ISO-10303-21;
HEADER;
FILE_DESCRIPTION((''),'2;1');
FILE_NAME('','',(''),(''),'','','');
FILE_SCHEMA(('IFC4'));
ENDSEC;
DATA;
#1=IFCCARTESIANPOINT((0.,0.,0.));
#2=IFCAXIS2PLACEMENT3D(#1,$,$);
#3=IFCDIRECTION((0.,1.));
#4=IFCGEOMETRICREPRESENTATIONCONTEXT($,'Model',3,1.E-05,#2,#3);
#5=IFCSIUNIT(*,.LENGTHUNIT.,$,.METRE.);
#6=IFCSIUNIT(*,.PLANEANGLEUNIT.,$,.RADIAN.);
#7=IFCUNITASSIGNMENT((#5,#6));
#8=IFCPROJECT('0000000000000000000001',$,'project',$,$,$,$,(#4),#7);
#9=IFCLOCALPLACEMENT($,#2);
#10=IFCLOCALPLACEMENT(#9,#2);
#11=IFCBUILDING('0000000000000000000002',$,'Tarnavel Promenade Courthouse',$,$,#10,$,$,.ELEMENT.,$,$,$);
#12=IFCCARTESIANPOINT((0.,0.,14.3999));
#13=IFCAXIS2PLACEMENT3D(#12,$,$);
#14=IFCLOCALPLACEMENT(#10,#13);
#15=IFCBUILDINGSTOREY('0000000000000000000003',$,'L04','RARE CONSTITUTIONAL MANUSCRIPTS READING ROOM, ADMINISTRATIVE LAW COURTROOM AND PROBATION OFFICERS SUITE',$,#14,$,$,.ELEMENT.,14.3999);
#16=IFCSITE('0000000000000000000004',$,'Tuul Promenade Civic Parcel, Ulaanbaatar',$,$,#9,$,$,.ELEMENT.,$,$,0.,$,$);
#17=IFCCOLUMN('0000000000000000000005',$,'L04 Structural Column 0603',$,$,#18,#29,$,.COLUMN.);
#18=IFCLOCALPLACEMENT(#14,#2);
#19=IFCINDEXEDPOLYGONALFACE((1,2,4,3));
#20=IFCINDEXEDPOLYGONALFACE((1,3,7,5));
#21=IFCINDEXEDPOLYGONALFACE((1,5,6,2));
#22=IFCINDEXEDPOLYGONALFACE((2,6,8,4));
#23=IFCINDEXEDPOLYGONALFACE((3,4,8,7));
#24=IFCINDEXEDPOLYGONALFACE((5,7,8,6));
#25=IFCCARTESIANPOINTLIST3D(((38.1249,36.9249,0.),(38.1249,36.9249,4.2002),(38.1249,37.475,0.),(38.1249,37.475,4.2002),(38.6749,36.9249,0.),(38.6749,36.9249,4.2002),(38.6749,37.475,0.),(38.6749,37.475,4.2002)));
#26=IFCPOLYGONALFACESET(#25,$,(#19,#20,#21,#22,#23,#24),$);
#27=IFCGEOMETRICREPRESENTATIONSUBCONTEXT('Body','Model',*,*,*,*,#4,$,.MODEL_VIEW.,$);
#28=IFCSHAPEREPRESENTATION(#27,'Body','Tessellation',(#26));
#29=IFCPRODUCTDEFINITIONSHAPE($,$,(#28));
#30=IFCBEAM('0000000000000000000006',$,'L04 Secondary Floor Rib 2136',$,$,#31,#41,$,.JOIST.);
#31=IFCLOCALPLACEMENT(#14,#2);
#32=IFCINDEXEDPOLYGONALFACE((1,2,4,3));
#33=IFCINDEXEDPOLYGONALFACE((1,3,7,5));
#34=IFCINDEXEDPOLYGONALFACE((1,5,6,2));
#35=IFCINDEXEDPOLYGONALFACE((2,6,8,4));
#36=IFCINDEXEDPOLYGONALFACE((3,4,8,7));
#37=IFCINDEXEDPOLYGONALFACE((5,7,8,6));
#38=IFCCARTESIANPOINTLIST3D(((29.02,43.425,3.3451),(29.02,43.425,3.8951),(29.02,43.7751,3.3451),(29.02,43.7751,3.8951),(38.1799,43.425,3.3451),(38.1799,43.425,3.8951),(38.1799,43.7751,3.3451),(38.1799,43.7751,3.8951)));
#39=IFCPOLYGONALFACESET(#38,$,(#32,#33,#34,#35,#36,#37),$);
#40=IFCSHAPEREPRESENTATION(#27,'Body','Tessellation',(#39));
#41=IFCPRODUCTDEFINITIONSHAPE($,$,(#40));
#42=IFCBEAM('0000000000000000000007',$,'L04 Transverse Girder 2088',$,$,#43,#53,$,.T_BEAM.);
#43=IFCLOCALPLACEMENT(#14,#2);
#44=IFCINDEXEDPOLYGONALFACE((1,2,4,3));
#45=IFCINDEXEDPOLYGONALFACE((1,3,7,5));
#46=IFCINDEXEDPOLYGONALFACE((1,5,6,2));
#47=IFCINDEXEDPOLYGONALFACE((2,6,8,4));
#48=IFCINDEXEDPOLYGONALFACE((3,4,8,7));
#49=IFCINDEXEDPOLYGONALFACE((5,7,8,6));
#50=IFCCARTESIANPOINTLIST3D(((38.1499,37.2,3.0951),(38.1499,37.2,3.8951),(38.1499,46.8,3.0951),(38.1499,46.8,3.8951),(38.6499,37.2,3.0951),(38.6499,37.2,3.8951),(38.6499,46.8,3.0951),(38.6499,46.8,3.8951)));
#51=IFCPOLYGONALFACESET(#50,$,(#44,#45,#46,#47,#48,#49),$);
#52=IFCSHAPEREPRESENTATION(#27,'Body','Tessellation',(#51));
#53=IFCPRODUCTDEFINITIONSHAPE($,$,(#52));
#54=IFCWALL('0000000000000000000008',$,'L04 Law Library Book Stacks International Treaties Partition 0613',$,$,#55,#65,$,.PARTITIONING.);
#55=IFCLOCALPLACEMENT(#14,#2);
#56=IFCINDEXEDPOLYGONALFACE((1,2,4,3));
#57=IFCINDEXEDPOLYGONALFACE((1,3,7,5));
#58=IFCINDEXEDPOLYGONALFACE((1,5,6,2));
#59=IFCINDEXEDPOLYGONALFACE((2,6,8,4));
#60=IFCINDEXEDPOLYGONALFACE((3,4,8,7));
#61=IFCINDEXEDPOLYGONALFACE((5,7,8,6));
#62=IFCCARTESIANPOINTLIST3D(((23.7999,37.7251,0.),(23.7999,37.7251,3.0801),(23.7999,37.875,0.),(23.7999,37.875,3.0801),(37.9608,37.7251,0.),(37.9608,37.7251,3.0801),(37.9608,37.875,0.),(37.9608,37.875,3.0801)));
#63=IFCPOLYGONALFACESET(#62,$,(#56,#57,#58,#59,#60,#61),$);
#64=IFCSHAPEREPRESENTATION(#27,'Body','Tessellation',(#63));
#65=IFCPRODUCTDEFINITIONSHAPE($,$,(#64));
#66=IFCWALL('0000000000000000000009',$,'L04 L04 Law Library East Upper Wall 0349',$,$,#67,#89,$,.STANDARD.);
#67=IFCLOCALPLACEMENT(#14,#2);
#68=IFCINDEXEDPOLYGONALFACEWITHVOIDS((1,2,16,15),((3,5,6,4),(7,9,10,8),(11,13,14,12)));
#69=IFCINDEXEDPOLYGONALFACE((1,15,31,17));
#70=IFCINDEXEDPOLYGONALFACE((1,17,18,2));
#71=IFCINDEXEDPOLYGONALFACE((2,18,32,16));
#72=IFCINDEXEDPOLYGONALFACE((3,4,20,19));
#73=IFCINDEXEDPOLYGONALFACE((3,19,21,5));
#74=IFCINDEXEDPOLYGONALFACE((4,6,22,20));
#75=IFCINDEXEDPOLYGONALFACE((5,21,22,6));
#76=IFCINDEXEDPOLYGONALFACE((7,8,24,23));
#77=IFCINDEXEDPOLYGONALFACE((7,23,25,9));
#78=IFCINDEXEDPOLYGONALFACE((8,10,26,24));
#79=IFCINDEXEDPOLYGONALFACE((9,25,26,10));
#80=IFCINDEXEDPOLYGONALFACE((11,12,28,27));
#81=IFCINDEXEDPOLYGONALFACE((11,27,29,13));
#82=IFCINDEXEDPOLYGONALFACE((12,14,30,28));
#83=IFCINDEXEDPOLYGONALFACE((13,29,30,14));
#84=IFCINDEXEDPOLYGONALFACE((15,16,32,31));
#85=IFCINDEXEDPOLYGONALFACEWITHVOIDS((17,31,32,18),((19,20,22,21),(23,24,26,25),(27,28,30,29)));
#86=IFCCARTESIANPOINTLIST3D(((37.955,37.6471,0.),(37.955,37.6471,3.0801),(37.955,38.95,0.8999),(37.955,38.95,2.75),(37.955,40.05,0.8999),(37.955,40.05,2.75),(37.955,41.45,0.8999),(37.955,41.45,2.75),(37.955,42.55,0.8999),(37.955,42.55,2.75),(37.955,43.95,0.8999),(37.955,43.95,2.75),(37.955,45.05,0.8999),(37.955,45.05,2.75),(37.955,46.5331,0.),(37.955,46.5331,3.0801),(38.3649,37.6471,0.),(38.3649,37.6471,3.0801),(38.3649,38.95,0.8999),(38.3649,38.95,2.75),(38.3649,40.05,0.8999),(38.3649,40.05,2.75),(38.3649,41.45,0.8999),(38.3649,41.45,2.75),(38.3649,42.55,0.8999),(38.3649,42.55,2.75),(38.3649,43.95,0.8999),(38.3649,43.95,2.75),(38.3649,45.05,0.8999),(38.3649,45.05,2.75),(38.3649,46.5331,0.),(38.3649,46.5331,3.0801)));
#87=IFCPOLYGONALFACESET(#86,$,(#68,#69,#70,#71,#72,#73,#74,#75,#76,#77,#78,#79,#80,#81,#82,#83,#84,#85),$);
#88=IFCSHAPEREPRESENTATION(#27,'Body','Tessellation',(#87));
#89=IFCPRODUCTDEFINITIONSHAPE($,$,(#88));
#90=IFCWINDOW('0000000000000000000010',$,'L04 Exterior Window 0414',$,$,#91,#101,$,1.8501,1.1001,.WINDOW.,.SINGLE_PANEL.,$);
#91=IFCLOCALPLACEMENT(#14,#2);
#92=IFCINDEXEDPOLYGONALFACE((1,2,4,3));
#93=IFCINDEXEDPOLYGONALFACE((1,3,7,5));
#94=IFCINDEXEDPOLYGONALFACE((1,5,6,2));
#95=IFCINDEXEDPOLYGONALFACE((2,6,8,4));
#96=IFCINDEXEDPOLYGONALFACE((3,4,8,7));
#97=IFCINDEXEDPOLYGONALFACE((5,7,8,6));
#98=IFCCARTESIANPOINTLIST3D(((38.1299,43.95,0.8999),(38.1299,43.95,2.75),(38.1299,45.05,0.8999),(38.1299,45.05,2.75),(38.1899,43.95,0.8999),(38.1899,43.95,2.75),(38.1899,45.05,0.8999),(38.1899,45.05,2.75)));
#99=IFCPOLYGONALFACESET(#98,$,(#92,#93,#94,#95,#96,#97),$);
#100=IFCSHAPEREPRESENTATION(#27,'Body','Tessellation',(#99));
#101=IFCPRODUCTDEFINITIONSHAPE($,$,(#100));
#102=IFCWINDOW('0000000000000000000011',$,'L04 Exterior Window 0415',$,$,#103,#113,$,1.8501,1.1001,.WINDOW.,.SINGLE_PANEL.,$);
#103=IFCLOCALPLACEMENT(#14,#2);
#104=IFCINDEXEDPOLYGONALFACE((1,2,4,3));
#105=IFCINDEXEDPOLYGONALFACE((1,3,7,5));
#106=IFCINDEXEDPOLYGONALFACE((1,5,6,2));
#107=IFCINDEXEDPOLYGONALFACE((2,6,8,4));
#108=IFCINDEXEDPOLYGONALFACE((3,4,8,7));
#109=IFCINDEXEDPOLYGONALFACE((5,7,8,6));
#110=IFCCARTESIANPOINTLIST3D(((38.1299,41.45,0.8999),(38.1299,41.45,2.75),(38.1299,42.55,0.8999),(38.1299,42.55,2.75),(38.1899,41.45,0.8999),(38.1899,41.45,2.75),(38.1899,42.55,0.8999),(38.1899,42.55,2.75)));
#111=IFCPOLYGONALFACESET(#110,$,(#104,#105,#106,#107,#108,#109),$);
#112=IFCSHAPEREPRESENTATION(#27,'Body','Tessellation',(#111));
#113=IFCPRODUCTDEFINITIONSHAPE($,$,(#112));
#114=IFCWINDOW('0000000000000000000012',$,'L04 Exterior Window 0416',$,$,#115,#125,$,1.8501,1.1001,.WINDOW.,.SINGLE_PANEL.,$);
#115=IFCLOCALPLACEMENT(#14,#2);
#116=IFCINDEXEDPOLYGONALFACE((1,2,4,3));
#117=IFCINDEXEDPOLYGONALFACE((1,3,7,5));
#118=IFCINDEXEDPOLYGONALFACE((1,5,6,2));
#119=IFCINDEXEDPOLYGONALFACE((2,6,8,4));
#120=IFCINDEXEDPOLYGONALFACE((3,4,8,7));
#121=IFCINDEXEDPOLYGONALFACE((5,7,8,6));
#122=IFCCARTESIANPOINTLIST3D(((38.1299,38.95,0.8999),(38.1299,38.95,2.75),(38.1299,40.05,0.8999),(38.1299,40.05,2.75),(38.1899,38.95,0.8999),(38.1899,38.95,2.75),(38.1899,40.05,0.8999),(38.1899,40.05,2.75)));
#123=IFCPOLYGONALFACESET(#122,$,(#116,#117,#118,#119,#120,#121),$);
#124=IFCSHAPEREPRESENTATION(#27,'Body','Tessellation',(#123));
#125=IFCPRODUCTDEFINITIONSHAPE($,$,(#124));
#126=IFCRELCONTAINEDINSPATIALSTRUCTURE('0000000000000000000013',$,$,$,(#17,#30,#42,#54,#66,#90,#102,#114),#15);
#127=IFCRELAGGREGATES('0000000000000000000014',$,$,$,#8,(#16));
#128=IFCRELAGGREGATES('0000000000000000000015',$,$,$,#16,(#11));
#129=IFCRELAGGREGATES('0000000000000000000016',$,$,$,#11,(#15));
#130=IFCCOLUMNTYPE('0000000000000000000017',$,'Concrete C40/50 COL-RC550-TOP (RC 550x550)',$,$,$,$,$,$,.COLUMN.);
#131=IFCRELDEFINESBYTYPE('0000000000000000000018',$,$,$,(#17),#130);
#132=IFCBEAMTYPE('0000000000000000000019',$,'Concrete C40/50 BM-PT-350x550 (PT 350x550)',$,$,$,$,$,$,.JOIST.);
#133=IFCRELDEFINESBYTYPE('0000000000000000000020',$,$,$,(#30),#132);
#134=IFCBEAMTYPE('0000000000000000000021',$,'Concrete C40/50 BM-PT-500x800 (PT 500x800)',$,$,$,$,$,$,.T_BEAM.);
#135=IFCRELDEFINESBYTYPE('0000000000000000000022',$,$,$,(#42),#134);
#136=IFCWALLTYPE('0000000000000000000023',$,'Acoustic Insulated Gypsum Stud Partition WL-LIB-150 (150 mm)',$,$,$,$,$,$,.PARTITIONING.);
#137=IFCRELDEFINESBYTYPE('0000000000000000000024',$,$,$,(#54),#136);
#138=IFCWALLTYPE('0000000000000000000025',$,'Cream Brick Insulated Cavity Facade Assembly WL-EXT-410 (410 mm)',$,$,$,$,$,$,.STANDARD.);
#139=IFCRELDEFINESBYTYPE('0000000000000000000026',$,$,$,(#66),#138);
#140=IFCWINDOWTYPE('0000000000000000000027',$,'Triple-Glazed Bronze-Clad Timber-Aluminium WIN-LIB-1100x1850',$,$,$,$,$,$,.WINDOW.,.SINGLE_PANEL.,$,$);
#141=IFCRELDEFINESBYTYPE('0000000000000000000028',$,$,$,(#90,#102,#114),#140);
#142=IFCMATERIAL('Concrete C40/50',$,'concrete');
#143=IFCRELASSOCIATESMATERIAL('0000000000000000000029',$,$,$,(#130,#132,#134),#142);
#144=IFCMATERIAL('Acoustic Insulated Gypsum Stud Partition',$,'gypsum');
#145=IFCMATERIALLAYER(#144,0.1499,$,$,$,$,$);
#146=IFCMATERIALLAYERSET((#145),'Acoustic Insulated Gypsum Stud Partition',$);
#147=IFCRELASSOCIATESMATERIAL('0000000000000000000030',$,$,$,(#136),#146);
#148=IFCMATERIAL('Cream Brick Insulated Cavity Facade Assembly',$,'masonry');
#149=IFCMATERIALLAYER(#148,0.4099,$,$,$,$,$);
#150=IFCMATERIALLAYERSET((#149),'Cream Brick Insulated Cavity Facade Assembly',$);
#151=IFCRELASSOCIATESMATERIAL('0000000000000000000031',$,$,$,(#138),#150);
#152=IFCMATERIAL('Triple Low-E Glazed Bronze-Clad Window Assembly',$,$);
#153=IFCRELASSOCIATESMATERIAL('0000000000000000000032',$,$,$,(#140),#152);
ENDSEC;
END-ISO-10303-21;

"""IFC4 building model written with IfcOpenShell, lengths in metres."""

from ifc_helpers import new_model, si_unit, direction, frame, frame_2d, origin, origin_2d, place, context, subcontext, project, spatial, rectangle, extrude, material, layer, layer_set, material_profile, profile_set, type_object, element, fill, save


model = new_model("IFC4")

# Units and contexts
model_context = context("Model", 3, precision=1e-05, world=origin(), true_north=direction((0.0, 1.0)))
body_context = subcontext(model_context, "Body", "Model", "MODEL_VIEW")
ifc_project = project(units=[si_unit("LENGTHUNIT", "METRE"), si_unit("PLANEANGLEUNIT", "RADIAN")], contexts=[model_context])

# Site, building, storey
site_placement = place(None, origin())
site = spatial("IfcSite", under=ifc_project, at=site_placement, Name="Tuul Promenade Civic Parcel, Ulaanbaatar", CompositionType="ELEMENT", RefElevation=0.0)
building_placement = place(site_placement, origin())
building = spatial("IfcBuilding", under=site, at=building_placement, Name="Tarnavel Promenade Courthouse", CompositionType="ELEMENT")
storey_placement = place(building_placement, frame((0.0, 0.0, 14.3999)))
storey = spatial("IfcBuildingStorey", under=building, at=storey_placement, Name="L04", Description="RARE CONSTITUTIONAL MANUSCRIPTS READING ROOM, ADMINISTRATIVE LAW COURTROOM AND PROBATION OFFICERS SUITE", CompositionType="ELEMENT", Elevation=14.3999)

# Column
ifc_material_1 = material(Name="Concrete C40/50", Category="concrete")
ifc_material_profile_1 = material_profile(ifc_material_1, rectangle(XDim=0.55, YDim=0.55, at=origin_2d()), Name="RC 550x550")
ifc_profile_set_1 = profile_set([ifc_material_profile_1], Name="Concrete C40/50")
column_type = type_object("IfcColumnType", Name="Concrete C40/50 COL-RC550-TOP (RC 550x550)", PredefinedType="COLUMN", material=ifc_profile_set_1)
column_placement = place(storey_placement, frame((38.3999, 37.2, 0.0), z_axis=(0.0, 0.0, 1.0), x_axis=(1.0, 0.0, 0.0)))
element("IfcColumn", 1, at=column_placement, inside=storey, type_object=column_type, Name="L04 Structural Column 0603", PredefinedType="COLUMN", context=body_context, shape_type="SweptSolid", body=[
    extrude(rectangle(XDim=0.55, YDim=0.55, at=origin_2d()), origin(), (0.0, 0.0, 1.0), 4.2002),
])

# Beams
ifc_material_profile_2 = material_profile(ifc_material_1, rectangle(XDim=0.3501, YDim=0.55, at=origin_2d()), Name="PT 350x550")
ifc_profile_set_2 = profile_set([ifc_material_profile_2], Name="Concrete C40/50")
beam_type_1 = type_object("IfcBeamType", Name="Concrete C40/50 BM-PT-350x550 (PT 350x550)", PredefinedType="JOIST", material=ifc_profile_set_2)
beam_1_placement = place(storey_placement, frame((29.02, 43.6001, 3.6201), z_axis=(1.0, 0.0, 0.0), x_axis=(0.0, 1.0, 0.0)))
element("IfcBeam", 2, at=beam_1_placement, inside=storey, type_object=beam_type_1, Name="L04 Secondary Floor Rib 2136", PredefinedType="JOIST", context=body_context, shape_type="SweptSolid", body=[
    extrude(rectangle(XDim=0.3501, YDim=0.55, at=origin_2d()), origin(), (0.0, 0.0, 1.0), 9.1599),
])
ifc_material_profile_3 = material_profile(ifc_material_1, rectangle(XDim=0.5, YDim=0.8, at=origin_2d()), Name="PT 500x800")
ifc_profile_set_3 = profile_set([ifc_material_profile_3], Name="Concrete C40/50")
beam_type_2 = type_object("IfcBeamType", Name="Concrete C40/50 BM-PT-500x800 (PT 500x800)", PredefinedType="T_BEAM", material=ifc_profile_set_3)
beam_2_placement = place(storey_placement, frame((38.3999, 37.2, 3.4951), z_axis=(0.0, 1.0, 0.0), x_axis=(-1.0, 0.0, 0.0)))
element("IfcBeam", 3, at=beam_2_placement, inside=storey, type_object=beam_type_2, Name="L04 Transverse Girder 2088", PredefinedType="T_BEAM", context=body_context, shape_type="SweptSolid", body=[
    extrude(rectangle(XDim=0.5, YDim=0.8, at=origin_2d()), origin(), (0.0, 0.0, 1.0), 9.6001),
])

# Wall
ifc_material_2 = material(Name="Acoustic Insulated Gypsum Stud Partition", Category="gypsum")
ifc_layer_1 = layer(ifc_material_2, 0.1499)
ifc_layer_set_1 = layer_set([ifc_layer_1], Name="Acoustic Insulated Gypsum Stud Partition")
wall_type_1 = type_object("IfcWallType", Name="Acoustic Insulated Gypsum Stud Partition WL-LIB-150 (150 mm)", PredefinedType="PARTITIONING", material=ifc_layer_set_1)
wall_1_placement = place(storey_placement, frame((37.9609, 37.8, 0.0), z_axis=(0.0, 0.0, 1.0), x_axis=(-1.0, 0.0, 0.0)))
element("IfcWall", 4, at=wall_1_placement, inside=storey, type_object=wall_type_1, Name="L04 Law Library Book Stacks International Treaties Partition 0613", PredefinedType="PARTITIONING", context=body_context, shape_type="SweptSolid", body=[
    extrude(rectangle(XDim=14.1609, YDim=0.1499, at=frame_2d((7.0806, 0.0))), origin(), (0.0, 0.0, 1.0), 3.0801),
])

# Wall, openings, windows
ifc_material_3 = material(Name="Cream Brick Insulated Cavity Facade Assembly", Category="masonry")
ifc_layer_2 = layer(ifc_material_3, 0.4099)
ifc_layer_set_2 = layer_set([ifc_layer_2], Name="Cream Brick Insulated Cavity Facade Assembly")
wall_type_2 = type_object("IfcWallType", Name="Cream Brick Insulated Cavity Facade Assembly WL-EXT-410 (410 mm)", PredefinedType="STANDARD", material=ifc_layer_set_2)
wall_2_placement = place(storey_placement, frame((38.1599, 46.533, 0.0), z_axis=(0.0, 0.0, 1.0), x_axis=(0.0, -1.0, 0.0)))
wall_2 = element("IfcWall", 5, at=wall_2_placement, inside=storey, type_object=wall_type_2, Name="L04 L04 Law Library East Upper Wall 0349", PredefinedType="STANDARD", context=body_context, shape_type="SweptSolid", body=[
    extrude(rectangle(XDim=8.886, YDim=0.4099, at=frame_2d((4.4429, 0.0))), origin(), (0.0, 0.0, 1.0), 3.0801),
])
opening_1_placement = place(wall_2_placement, frame((1.4829, 0.0, 0.8999)))
opening_1 = element("IfcOpeningElement", 6, at=opening_1_placement, cuts=wall_2, PredefinedType="OPENING", context=body_context, shape_type="SweptSolid", body=[
    extrude(rectangle(XDim=1.1001, YDim=1.8501, at=frame_2d((0.55, 0.925))), frame((0.0, 0.2148, 0.0), z_axis=(0.0, -1.0, 0.0), x_axis=(1.0, 0.0, 0.0)), (0.0, 0.0, 1.0), 0.4299),
])
opening_2_placement = place(wall_2_placement, frame((3.9829, 0.0, 0.8999)))
opening_2 = element("IfcOpeningElement", 7, at=opening_2_placement, cuts=wall_2, PredefinedType="OPENING", context=body_context, shape_type="SweptSolid", body=[
    extrude(rectangle(XDim=1.1001, YDim=1.8501, at=frame_2d((0.55, 0.925))), frame((0.0, 0.2148, 0.0), z_axis=(0.0, -1.0, 0.0), x_axis=(1.0, 0.0, 0.0)), (0.0, 0.0, 1.0), 0.4299),
])
opening_3_placement = place(wall_2_placement, frame((6.4829, 0.0, 0.8999)))
opening_3 = element("IfcOpeningElement", 8, at=opening_3_placement, cuts=wall_2, PredefinedType="OPENING", context=body_context, shape_type="SweptSolid", body=[
    extrude(rectangle(XDim=1.1001, YDim=1.8501, at=frame_2d((0.55, 0.925))), frame((0.0, 0.2148, 0.0), z_axis=(0.0, -1.0, 0.0), x_axis=(1.0, 0.0, 0.0)), (0.0, 0.0, 1.0), 0.4299),
])
ifc_material_4 = material(Name="Triple Low-E Glazed Bronze-Clad Window Assembly")
window_type = type_object("IfcWindowType", Name="Triple-Glazed Bronze-Clad Timber-Aluminium WIN-LIB-1100x1850", PartitioningType="SINGLE_PANEL", PredefinedType="WINDOW", material=ifc_material_4)
window_1_placement = place(opening_1_placement, origin())
window_1 = element("IfcWindow", 9, at=window_1_placement, inside=storey, type_object=window_type, Name="L04 Exterior Window 0414", OverallHeight=1.8501, OverallWidth=1.1001, PartitioningType="SINGLE_PANEL", PredefinedType="WINDOW", context=body_context, shape_type="SweptSolid", body=[
    extrude(rectangle(XDim=1.1001, YDim=1.8501, at=frame_2d((0.55, 0.925))), frame((0.0, 0.03, 0.0), z_axis=(0.0, -1.0, 0.0), x_axis=(1.0, 0.0, 0.0)), (0.0, 0.0, 1.0), 0.0601),
])
fill(opening_1, window_1)
window_2_placement = place(opening_2_placement, origin())
window_2 = element("IfcWindow", 10, at=window_2_placement, inside=storey, type_object=window_type, Name="L04 Exterior Window 0415", OverallHeight=1.8501, OverallWidth=1.1001, PartitioningType="SINGLE_PANEL", PredefinedType="WINDOW", context=body_context, shape_type="SweptSolid", body=[
    extrude(rectangle(XDim=1.1001, YDim=1.8501, at=frame_2d((0.55, 0.925))), frame((0.0, 0.03, 0.0), z_axis=(0.0, -1.0, 0.0), x_axis=(1.0, 0.0, 0.0)), (0.0, 0.0, 1.0), 0.0601),
])
fill(opening_2, window_2)
window_3_placement = place(opening_3_placement, origin())
window_3 = element("IfcWindow", 11, at=window_3_placement, inside=storey, type_object=window_type, Name="L04 Exterior Window 0416", OverallHeight=1.8501, OverallWidth=1.1001, PartitioningType="SINGLE_PANEL", PredefinedType="WINDOW", context=body_context, shape_type="SweptSolid", body=[
    extrude(rectangle(XDim=1.1001, YDim=1.8501, at=frame_2d((0.55, 0.925))), frame((0.0, 0.03, 0.0), z_axis=(0.0, -1.0, 0.0), x_axis=(1.0, 0.0, 0.0)), (0.0, 0.0, 1.0), 0.0601),
])
fill(opening_3, window_3)

save(model, "model.ifc")
